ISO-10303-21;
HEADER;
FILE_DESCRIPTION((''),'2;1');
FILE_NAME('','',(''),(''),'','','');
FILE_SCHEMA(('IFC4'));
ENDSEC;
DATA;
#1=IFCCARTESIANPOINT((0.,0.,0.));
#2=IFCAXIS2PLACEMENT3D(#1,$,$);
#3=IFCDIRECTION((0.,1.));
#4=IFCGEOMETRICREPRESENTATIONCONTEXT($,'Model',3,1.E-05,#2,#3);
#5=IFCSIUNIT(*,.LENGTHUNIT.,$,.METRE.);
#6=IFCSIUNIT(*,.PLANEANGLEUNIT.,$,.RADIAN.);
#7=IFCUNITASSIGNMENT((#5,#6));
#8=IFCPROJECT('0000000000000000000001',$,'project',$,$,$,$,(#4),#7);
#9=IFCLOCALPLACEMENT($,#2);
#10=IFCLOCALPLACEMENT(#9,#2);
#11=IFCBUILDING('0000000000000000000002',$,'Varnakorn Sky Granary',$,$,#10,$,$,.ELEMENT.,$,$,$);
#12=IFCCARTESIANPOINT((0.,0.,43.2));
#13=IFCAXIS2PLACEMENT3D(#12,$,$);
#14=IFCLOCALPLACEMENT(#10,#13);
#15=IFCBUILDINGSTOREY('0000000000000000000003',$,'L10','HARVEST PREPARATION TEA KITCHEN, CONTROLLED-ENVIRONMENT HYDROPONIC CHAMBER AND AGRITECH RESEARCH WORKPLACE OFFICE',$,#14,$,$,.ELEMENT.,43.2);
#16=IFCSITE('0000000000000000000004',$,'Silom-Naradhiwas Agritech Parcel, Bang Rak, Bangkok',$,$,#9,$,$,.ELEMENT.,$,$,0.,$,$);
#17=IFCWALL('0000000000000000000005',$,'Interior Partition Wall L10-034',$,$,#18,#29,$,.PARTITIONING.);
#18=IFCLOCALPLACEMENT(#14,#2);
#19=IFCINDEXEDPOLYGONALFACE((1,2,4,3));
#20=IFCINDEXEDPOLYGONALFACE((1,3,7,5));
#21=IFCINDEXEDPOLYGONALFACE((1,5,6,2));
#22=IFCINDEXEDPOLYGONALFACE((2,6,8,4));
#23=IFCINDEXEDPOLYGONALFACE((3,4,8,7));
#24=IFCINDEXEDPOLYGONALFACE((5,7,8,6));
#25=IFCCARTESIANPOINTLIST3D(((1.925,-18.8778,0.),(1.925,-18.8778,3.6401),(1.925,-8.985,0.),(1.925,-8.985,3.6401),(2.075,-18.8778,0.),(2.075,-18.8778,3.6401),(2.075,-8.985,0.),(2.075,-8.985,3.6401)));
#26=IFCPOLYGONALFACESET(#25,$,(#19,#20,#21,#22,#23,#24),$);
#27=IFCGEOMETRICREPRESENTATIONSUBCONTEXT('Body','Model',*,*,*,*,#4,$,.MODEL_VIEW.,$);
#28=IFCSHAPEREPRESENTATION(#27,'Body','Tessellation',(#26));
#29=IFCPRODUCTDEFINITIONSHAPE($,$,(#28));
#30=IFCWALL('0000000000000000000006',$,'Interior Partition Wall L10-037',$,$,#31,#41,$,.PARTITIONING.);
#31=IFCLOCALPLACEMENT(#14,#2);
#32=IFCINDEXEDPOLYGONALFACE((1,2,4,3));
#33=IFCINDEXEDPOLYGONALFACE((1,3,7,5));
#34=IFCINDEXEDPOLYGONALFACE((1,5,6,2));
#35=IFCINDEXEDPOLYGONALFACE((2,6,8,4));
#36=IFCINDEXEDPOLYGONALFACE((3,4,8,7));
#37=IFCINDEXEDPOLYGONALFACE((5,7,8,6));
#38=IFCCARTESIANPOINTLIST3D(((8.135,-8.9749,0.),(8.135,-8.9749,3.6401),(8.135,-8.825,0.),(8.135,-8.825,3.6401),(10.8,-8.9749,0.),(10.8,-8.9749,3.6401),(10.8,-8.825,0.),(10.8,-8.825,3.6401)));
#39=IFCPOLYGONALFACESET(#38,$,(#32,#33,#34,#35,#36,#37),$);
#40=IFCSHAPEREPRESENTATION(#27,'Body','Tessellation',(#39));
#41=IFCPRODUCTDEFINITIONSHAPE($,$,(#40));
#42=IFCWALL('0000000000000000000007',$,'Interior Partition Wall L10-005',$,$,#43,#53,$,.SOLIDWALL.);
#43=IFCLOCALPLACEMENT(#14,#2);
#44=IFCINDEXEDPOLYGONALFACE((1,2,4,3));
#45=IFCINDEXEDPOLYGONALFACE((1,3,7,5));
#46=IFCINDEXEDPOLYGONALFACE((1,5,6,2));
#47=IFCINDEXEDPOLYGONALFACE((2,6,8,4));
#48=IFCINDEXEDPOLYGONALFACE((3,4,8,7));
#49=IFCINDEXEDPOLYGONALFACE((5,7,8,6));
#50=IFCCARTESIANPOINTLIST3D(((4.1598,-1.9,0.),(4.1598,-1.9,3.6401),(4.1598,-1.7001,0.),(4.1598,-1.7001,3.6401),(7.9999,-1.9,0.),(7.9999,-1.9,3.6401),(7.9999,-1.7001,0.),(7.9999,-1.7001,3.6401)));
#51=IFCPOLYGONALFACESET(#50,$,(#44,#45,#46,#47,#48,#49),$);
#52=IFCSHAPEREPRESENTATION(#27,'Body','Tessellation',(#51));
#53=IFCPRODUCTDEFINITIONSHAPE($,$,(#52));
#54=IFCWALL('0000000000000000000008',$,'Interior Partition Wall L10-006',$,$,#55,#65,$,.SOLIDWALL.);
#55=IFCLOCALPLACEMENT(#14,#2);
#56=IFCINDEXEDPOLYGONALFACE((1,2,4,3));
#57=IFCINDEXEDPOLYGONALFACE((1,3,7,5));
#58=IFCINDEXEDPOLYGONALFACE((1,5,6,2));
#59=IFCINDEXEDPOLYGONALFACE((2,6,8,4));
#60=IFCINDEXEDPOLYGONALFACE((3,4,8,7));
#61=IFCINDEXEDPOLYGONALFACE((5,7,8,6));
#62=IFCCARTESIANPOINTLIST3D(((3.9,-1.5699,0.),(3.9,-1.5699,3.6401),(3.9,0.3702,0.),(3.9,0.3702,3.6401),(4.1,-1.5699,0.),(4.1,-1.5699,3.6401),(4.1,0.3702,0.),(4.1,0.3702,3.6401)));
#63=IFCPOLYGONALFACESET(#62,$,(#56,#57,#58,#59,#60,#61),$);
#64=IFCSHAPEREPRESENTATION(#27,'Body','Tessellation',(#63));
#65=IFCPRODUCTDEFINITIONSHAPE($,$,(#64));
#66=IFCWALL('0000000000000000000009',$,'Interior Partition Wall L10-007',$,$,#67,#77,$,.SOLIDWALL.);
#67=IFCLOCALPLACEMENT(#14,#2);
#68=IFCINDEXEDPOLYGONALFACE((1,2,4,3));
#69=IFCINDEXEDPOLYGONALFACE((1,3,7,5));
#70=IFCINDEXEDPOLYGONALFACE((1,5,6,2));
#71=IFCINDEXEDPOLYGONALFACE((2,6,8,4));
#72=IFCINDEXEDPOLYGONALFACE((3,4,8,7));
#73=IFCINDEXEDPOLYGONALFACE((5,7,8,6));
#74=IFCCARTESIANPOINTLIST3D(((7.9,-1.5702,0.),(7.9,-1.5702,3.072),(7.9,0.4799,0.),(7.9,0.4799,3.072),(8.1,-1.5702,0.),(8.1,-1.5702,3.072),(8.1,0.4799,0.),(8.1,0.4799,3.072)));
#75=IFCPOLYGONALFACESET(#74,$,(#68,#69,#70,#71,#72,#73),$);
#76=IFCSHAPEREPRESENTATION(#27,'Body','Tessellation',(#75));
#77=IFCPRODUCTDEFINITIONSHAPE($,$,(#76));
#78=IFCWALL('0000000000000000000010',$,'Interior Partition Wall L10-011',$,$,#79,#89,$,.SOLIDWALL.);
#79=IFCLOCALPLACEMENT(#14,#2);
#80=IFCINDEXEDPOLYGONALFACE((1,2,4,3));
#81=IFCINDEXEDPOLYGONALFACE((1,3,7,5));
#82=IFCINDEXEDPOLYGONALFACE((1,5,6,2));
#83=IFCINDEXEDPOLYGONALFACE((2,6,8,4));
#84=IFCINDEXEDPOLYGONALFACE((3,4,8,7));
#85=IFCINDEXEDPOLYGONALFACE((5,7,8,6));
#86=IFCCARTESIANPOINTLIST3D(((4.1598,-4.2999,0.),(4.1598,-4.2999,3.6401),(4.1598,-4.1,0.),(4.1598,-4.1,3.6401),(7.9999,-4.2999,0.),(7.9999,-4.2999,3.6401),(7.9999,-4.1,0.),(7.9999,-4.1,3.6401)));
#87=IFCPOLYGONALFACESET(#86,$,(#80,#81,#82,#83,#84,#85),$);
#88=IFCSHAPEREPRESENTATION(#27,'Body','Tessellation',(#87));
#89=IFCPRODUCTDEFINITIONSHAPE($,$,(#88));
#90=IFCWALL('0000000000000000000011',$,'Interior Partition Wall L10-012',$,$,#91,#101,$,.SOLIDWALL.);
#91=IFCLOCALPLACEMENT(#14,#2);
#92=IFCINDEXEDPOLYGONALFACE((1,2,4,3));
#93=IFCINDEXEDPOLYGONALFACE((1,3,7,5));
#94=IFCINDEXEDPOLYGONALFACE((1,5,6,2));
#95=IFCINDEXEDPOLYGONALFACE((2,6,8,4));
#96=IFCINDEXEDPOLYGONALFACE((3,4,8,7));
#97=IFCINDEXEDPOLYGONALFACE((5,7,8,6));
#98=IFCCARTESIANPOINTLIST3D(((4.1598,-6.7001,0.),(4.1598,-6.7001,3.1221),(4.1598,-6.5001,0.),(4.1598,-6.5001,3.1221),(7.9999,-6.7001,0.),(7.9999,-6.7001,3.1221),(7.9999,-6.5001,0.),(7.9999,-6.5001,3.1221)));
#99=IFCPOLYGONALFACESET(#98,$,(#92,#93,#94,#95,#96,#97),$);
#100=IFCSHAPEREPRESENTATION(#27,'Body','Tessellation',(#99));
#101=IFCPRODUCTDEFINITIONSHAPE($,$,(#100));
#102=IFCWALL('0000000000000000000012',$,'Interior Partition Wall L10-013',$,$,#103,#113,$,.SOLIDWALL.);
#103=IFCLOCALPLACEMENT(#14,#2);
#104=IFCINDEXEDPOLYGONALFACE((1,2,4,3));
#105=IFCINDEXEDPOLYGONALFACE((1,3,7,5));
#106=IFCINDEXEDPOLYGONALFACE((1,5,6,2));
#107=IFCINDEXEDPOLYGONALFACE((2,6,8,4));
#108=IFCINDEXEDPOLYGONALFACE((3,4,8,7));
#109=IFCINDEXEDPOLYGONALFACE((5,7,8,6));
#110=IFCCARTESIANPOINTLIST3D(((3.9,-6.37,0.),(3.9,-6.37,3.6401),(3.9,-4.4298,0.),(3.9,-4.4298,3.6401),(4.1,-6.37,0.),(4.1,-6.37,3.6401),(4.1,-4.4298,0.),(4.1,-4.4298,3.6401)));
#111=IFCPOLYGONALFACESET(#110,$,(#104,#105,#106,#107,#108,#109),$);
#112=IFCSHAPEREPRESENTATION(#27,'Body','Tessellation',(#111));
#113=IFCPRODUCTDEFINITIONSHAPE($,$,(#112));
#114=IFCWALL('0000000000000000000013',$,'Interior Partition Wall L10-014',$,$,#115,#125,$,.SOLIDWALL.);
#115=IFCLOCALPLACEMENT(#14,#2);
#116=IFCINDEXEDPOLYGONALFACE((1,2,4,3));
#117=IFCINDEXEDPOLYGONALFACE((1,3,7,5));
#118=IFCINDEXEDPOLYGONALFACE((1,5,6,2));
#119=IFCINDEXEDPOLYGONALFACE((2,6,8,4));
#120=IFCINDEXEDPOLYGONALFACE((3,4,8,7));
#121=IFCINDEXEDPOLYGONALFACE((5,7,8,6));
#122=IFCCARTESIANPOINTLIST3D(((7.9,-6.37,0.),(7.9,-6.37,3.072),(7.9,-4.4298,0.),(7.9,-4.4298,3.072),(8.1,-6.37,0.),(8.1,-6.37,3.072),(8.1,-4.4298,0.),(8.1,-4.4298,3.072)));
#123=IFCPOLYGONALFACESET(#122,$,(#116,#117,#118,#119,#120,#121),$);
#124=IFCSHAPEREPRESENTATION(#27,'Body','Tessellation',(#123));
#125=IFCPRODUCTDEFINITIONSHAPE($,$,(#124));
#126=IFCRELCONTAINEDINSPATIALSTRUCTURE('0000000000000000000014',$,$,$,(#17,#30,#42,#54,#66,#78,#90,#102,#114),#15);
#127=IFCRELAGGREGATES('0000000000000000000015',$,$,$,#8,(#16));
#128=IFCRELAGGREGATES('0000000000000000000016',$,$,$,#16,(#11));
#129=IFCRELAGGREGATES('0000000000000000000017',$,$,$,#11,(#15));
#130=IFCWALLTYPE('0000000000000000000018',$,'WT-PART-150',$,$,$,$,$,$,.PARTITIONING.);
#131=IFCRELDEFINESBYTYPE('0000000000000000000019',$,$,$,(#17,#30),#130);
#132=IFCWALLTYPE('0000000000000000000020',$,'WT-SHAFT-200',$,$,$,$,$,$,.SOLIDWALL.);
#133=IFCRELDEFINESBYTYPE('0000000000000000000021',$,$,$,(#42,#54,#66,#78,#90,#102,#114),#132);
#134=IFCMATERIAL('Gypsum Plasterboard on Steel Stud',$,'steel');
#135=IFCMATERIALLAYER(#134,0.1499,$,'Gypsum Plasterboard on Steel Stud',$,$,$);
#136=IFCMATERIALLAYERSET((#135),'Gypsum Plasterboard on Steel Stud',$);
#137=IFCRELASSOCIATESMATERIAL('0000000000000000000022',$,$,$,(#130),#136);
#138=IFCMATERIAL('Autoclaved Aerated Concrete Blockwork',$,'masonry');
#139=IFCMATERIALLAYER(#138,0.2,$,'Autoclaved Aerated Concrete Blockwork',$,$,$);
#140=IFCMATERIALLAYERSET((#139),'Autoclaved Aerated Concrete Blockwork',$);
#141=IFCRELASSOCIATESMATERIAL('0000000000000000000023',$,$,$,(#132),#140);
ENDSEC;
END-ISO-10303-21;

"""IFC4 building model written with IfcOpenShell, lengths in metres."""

from ifc_helpers import new_model, si_unit, direction, frame, frame_2d, origin, place, context, subcontext, project, spatial, rectangle, extrude, material, layer, layer_set, type_object, element, save


model = new_model("IFC4")

# Units and contexts
model_context = context("Model", 3, precision=1e-05, world=origin(), true_north=direction((0.0, 1.0)))
body_context = subcontext(model_context, "Body", "Model", "MODEL_VIEW")
ifc_project = project(units=[si_unit("LENGTHUNIT", "METRE"), si_unit("PLANEANGLEUNIT", "RADIAN")], contexts=[model_context])

# Site, building, storey
site_placement = place(None, origin())
site = spatial("IfcSite", under=ifc_project, at=site_placement, Name="Silom-Naradhiwas Agritech Parcel, Bang Rak, Bangkok", CompositionType="ELEMENT", RefElevation=0.0)
building_placement = place(site_placement, origin())
building = spatial("IfcBuilding", under=site, at=building_placement, Name="Varnakorn Sky Granary", CompositionType="ELEMENT")
storey_placement = place(building_placement, frame((0.0, 0.0, 43.2)))
storey = spatial("IfcBuildingStorey", under=building, at=storey_placement, Name="L10", Description="HARVEST PREPARATION TEA KITCHEN, CONTROLLED-ENVIRONMENT HYDROPONIC CHAMBER AND AGRITECH RESEARCH WORKPLACE OFFICE", CompositionType="ELEMENT", Elevation=43.2)

# Shared definitions
ifc_material_1 = material(Name="Autoclaved Aerated Concrete Blockwork", Category="masonry")
ifc_material_2 = material(Name="Gypsum Plasterboard on Steel Stud", Category="steel")
ifc_layer_1 = layer(ifc_material_2, 0.1499, Name="Gypsum Plasterboard on Steel Stud")
ifc_layer_set_1 = layer_set([ifc_layer_1], Name="Gypsum Plasterboard on Steel Stud")
wall_type_1 = type_object("IfcWallType", Name="WT-PART-150", PredefinedType="PARTITIONING", material=ifc_layer_set_1)

# Walls
wall_1_placement = place(storey_placement, frame((2.0, -8.9851, 0.0), z_axis=(0.0, 0.0, 1.0), x_axis=(0.0, -1.0, 0.0)))
element("IfcWall", 1, at=wall_1_placement, inside=storey, type_object=wall_type_1, Name="Interior Partition Wall L10-034", PredefinedType="PARTITIONING", context=body_context, shape_type="SweptSolid", body=[
    extrude(rectangle(XDim=9.8928, YDim=0.1499, at=frame_2d((4.9463, 0.0))), origin(), (0.0, 0.0, 1.0), 3.6401),
])
wall_2_placement = place(storey_placement, frame((8.135, -8.8999, 0.0), z_axis=(0.0, 0.0, 1.0), x_axis=(1.0, 0.0, 0.0)))
element("IfcWall", 2, at=wall_2_placement, inside=storey, type_object=wall_type_1, Name="Interior Partition Wall L10-037", PredefinedType="PARTITIONING", context=body_context, shape_type="SweptSolid", body=[
    extrude(rectangle(XDim=2.665, YDim=0.1499, at=frame_2d((1.3325, 0.0))), origin(), (0.0, 0.0, 1.0), 3.6401),
])
ifc_layer_2 = layer(ifc_material_1, 0.2, Name="Autoclaved Aerated Concrete Blockwork")
ifc_layer_set_2 = layer_set([ifc_layer_2], Name="Autoclaved Aerated Concrete Blockwork")
wall_type_2 = type_object("IfcWallType", Name="WT-SHAFT-200", PredefinedType="SOLIDWALL", material=ifc_layer_set_2)
wall_3_placement = place(storey_placement, frame((4.1599, -1.8, 0.0), z_axis=(0.0, 0.0, 1.0), x_axis=(1.0, 0.0, 0.0)))
element("IfcWall", 3, at=wall_3_placement, inside=storey, type_object=wall_type_2, Name="Interior Partition Wall L10-005", PredefinedType="SOLIDWALL", context=body_context, shape_type="SweptSolid", body=[
    extrude(rectangle(XDim=3.8401, YDim=0.2, at=frame_2d((1.9199, 0.0))), origin(), (0.0, 0.0, 1.0), 3.6401),
])
wall_4_placement = place(storey_placement, frame((4.0, -1.5701, 0.0), z_axis=(0.0, 0.0, 1.0), x_axis=(0.0, 1.0, 0.0)))
element("IfcWall", 4, at=wall_4_placement, inside=storey, type_object=wall_type_2, Name="Interior Partition Wall L10-006", PredefinedType="SOLIDWALL", context=body_context, shape_type="SweptSolid", body=[
    extrude(rectangle(XDim=1.9402, YDim=0.2, at=frame_2d((0.9702, 0.0))), origin(), (0.0, 0.0, 1.0), 3.6401),
])
wall_5_placement = place(storey_placement, frame((8.0, -1.5701, 0.0), z_axis=(0.0, 0.0, 1.0), x_axis=(0.0, 1.0, 0.0)))
element("IfcWall", 5, at=wall_5_placement, inside=storey, type_object=wall_type_2, Name="Interior Partition Wall L10-007", PredefinedType="SOLIDWALL", context=body_context, shape_type="SweptSolid", body=[
    extrude(rectangle(XDim=2.05, YDim=0.2, at=frame_2d((1.0249, 0.0))), origin(), (0.0, 0.0, 1.0), 3.072),
])
wall_6_placement = place(storey_placement, frame((4.1599, -4.2, 0.0), z_axis=(0.0, 0.0, 1.0), x_axis=(1.0, 0.0, 0.0)))
element("IfcWall", 6, at=wall_6_placement, inside=storey, type_object=wall_type_2, Name="Interior Partition Wall L10-011", PredefinedType="SOLIDWALL", context=body_context, shape_type="SweptSolid", body=[
    extrude(rectangle(XDim=3.8401, YDim=0.2, at=frame_2d((1.9199, 0.0))), origin(), (0.0, 0.0, 1.0), 3.6401),
])
wall_7_placement = place(storey_placement, frame((4.1599, -6.6001, 0.0), z_axis=(0.0, 0.0, 1.0), x_axis=(1.0, 0.0, 0.0)))
element("IfcWall", 7, at=wall_7_placement, inside=storey, type_object=wall_type_2, Name="Interior Partition Wall L10-012", PredefinedType="SOLIDWALL", context=body_context, shape_type="SweptSolid", body=[
    extrude(rectangle(XDim=3.8401, YDim=0.2, at=frame_2d((1.9199, 0.0))), origin(), (0.0, 0.0, 1.0), 3.1221),
])
wall_8_placement = place(storey_placement, frame((4.0, -6.3701, 0.0), z_axis=(0.0, 0.0, 1.0), x_axis=(0.0, 1.0, 0.0)))
element("IfcWall", 8, at=wall_8_placement, inside=storey, type_object=wall_type_2, Name="Interior Partition Wall L10-013", PredefinedType="SOLIDWALL", context=body_context, shape_type="SweptSolid", body=[
    extrude(rectangle(XDim=1.9402, YDim=0.2, at=frame_2d((0.9702, 0.0))), origin(), (0.0, 0.0, 1.0), 3.6401),
])
wall_9_placement = place(storey_placement, frame((8.0, -6.3701, 0.0), z_axis=(0.0, 0.0, 1.0), x_axis=(0.0, 1.0, 0.0)))
element("IfcWall", 9, at=wall_9_placement, inside=storey, type_object=wall_type_2, Name="Interior Partition Wall L10-014", PredefinedType="SOLIDWALL", context=body_context, shape_type="SweptSolid", body=[
    extrude(rectangle(XDim=1.9402, YDim=0.2, at=frame_2d((0.9702, 0.0))), origin(), (0.0, 0.0, 1.0), 3.072),
])

save(model, "model.ifc")
